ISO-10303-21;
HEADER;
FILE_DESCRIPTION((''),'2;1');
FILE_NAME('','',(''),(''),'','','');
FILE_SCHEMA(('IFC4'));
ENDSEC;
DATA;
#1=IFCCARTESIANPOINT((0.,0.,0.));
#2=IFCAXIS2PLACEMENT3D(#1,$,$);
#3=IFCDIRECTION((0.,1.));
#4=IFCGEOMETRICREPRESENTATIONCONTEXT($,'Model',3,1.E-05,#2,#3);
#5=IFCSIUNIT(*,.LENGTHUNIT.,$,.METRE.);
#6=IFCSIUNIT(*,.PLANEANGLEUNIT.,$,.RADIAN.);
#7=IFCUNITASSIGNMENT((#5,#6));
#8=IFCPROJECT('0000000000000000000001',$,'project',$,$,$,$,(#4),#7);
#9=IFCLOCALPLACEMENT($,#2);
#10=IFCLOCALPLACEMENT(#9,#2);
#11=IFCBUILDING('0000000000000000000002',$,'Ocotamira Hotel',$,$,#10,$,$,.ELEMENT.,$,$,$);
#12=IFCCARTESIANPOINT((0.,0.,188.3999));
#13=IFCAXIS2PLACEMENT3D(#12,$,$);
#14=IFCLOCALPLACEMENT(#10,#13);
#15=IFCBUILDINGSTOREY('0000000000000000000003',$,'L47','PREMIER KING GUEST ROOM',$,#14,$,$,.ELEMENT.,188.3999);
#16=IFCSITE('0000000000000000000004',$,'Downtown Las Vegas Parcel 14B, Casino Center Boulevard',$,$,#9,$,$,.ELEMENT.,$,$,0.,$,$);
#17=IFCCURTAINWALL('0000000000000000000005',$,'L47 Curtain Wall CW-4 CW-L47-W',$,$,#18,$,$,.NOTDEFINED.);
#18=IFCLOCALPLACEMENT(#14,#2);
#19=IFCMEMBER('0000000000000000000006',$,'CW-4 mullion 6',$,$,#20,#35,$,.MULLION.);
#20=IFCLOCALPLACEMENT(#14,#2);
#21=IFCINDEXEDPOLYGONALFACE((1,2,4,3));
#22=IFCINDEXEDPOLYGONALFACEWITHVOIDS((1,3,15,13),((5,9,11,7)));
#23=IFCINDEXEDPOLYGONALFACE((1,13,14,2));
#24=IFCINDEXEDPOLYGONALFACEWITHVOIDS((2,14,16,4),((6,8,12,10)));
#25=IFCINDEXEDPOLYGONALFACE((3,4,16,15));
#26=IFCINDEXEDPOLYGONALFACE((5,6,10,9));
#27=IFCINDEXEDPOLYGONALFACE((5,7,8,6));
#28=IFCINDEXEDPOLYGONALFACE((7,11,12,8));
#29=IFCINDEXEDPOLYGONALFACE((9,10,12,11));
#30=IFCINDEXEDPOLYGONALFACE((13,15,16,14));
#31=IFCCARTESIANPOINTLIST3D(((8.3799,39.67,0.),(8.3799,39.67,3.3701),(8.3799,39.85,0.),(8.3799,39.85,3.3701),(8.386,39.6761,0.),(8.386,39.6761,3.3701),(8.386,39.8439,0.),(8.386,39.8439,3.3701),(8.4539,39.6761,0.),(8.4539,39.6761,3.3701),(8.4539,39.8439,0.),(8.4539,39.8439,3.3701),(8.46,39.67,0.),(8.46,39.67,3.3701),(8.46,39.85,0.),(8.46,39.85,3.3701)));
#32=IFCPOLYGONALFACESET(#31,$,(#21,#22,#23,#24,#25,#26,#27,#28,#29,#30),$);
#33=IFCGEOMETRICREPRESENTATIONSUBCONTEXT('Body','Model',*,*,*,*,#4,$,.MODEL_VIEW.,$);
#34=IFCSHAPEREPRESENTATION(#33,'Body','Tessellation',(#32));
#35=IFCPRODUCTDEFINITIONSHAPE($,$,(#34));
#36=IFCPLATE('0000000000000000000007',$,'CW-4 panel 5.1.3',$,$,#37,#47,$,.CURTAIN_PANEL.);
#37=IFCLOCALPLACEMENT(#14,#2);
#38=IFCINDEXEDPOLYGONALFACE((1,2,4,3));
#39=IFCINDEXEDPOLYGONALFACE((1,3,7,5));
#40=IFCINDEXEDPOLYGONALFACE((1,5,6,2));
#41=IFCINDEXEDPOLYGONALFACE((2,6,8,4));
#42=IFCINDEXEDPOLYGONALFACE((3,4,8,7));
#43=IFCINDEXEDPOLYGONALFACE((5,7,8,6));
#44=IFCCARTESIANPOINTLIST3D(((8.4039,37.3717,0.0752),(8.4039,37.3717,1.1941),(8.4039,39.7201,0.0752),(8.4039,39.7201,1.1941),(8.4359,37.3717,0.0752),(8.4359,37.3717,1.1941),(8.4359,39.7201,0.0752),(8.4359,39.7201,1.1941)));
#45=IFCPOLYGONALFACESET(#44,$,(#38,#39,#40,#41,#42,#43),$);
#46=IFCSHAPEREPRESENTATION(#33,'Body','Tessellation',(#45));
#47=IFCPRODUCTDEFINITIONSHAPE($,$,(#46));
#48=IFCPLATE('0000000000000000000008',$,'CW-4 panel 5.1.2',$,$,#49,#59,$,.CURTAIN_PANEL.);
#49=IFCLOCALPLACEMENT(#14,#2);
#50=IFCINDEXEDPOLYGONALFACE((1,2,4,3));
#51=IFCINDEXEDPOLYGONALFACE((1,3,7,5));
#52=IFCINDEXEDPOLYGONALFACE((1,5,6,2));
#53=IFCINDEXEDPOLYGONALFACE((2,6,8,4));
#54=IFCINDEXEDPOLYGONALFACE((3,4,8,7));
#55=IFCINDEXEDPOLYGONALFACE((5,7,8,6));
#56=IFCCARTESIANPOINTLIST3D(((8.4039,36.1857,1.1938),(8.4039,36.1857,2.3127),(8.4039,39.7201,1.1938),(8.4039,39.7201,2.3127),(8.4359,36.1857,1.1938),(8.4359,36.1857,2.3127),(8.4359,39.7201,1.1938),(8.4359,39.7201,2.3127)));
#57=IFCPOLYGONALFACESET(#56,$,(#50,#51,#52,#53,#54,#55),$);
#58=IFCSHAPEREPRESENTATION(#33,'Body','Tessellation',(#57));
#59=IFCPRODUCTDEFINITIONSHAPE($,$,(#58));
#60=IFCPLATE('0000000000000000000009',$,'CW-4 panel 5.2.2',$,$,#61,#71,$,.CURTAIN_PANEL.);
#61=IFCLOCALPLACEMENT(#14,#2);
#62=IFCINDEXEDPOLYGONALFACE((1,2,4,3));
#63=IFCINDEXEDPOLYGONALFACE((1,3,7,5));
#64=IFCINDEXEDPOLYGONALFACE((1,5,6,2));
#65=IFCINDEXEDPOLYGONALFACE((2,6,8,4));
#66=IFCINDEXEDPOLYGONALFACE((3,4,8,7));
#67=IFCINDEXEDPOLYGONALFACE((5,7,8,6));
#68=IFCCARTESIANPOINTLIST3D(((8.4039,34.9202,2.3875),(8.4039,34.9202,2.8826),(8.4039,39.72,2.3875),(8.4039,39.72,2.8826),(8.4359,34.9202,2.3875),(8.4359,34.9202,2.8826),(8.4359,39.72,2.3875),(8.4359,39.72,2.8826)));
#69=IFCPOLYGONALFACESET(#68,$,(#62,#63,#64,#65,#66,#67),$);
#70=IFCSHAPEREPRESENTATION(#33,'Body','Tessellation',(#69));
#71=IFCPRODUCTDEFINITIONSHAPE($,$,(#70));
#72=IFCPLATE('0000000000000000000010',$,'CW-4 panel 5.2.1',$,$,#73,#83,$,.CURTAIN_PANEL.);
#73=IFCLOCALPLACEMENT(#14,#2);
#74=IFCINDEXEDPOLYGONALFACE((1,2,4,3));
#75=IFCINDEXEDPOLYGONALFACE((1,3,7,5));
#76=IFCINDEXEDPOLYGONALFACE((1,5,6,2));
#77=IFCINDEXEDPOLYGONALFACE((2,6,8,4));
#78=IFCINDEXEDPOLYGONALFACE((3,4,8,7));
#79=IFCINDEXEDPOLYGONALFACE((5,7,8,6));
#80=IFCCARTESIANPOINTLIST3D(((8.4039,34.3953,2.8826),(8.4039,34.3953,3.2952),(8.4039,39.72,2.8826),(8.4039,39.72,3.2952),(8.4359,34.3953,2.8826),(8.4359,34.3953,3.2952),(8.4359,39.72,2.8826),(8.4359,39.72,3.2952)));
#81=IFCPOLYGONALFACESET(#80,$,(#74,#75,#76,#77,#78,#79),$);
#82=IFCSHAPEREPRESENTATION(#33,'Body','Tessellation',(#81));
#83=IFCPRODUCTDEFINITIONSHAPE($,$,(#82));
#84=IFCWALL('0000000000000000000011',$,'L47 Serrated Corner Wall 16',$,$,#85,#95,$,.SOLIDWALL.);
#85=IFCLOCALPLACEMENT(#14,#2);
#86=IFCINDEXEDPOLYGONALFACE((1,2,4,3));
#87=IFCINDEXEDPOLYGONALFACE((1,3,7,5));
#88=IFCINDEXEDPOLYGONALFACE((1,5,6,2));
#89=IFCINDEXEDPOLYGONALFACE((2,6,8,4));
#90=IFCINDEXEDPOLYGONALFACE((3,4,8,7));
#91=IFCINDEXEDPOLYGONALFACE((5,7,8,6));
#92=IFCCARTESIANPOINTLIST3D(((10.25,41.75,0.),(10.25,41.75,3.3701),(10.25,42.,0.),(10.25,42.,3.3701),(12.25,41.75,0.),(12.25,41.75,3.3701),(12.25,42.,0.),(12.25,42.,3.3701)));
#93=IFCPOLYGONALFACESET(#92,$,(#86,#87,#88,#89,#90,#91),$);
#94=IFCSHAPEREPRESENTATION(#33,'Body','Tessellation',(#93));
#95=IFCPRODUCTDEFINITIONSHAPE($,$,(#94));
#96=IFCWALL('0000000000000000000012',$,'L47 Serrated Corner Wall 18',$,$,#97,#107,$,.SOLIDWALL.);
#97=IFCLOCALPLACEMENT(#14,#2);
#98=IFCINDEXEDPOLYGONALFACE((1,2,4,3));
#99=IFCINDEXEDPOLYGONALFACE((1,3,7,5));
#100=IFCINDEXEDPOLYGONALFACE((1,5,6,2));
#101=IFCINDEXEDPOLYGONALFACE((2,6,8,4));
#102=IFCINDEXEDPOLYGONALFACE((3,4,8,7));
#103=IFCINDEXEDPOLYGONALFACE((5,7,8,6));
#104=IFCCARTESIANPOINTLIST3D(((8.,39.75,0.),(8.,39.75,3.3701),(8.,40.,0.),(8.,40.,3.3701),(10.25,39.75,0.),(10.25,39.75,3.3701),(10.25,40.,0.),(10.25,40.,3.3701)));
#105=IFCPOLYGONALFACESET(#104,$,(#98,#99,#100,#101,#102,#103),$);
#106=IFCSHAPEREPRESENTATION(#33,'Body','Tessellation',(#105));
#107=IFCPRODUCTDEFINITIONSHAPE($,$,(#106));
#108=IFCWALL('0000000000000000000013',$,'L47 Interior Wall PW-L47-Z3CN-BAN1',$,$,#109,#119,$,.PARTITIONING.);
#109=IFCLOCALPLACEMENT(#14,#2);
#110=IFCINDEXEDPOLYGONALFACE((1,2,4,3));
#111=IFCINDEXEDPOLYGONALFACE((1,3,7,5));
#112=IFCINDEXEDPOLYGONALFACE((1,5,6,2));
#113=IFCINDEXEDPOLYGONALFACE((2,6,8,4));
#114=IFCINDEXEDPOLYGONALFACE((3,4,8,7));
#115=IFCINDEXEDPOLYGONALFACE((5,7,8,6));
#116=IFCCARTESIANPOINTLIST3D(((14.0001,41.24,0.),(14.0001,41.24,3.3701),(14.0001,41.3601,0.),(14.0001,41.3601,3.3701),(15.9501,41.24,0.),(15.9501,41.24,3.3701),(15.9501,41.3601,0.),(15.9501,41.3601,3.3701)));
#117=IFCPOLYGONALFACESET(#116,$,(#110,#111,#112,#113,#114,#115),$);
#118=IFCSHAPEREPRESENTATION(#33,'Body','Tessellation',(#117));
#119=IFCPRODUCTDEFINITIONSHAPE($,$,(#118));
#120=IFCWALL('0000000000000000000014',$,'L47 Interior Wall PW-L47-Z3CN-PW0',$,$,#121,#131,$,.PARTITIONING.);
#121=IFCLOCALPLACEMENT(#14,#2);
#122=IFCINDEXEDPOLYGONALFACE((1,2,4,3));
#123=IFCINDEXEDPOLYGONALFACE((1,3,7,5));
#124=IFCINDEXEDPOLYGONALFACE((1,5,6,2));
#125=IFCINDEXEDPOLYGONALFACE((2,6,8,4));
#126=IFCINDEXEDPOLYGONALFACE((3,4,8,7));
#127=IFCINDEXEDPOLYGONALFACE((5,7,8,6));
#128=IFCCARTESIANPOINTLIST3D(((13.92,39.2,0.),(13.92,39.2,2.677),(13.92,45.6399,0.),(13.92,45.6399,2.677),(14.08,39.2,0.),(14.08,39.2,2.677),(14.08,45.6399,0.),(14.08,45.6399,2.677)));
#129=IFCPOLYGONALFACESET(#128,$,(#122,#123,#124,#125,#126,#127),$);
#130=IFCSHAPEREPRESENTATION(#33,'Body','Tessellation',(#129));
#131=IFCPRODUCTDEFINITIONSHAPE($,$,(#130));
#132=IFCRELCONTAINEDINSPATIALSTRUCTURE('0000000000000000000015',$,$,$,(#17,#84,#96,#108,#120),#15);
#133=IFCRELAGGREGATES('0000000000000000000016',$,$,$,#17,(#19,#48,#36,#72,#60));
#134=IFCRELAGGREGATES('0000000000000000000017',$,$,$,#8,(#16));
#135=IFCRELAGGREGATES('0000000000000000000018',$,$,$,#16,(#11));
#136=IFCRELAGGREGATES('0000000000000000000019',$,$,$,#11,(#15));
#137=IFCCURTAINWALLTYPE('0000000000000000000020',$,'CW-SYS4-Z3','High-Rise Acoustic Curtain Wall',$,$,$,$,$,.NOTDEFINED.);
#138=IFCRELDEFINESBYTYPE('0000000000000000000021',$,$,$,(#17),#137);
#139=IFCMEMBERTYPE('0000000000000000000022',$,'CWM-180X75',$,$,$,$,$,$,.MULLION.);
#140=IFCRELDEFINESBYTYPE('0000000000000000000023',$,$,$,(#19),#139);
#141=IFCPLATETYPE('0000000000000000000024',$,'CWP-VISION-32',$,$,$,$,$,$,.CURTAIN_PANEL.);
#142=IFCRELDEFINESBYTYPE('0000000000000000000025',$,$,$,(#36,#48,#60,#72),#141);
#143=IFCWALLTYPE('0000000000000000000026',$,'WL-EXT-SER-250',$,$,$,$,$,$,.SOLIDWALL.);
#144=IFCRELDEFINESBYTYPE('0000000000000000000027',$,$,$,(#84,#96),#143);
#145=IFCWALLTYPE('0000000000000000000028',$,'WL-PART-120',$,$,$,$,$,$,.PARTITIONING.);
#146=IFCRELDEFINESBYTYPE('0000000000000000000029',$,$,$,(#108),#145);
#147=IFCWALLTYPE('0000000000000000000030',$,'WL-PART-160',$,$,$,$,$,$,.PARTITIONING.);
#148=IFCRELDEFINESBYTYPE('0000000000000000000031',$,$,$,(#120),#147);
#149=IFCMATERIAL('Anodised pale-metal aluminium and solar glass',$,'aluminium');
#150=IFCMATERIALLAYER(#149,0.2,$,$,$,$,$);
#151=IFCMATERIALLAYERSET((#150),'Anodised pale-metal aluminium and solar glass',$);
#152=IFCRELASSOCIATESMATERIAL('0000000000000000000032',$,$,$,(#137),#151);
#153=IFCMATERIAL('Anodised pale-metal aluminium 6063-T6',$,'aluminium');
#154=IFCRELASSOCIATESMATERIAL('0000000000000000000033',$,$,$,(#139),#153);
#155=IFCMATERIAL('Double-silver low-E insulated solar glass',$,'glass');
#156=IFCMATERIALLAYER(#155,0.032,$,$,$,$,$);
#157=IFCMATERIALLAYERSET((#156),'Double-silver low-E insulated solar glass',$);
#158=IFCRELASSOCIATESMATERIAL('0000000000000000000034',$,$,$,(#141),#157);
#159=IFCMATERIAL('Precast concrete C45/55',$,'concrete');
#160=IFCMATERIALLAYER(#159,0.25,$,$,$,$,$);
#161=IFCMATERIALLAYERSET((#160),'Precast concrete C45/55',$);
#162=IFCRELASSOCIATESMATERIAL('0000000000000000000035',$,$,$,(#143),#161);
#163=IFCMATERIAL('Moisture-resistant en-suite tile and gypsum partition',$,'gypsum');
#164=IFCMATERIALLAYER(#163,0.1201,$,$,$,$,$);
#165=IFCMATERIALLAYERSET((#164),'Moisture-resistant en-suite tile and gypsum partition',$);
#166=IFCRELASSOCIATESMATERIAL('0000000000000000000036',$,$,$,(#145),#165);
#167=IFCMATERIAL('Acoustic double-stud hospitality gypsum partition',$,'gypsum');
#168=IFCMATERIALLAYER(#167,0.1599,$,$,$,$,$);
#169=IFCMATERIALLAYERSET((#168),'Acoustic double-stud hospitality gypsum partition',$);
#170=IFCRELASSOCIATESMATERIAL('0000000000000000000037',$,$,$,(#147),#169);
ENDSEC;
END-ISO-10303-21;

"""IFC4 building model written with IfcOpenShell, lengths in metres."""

from ifc_helpers import new_model, si_unit, direction, frame, frame_2d, origin, origin_2d, place, context, subcontext, project, spatial, rectangle, hollow_rectangle, extrude, source, transform, mapped, material, layer, layer_set, material_profile, profile_set, type_object, element, aggregate, save


model = new_model("IFC4")

# Units and contexts
model_context = context("Model", 3, precision=1e-05, world=origin(), true_north=direction((0.0, 1.0)))
body_context = subcontext(model_context, "Body", "Model", "MODEL_VIEW")
ifc_project = project(units=[si_unit("LENGTHUNIT", "METRE"), si_unit("PLANEANGLEUNIT", "RADIAN")], contexts=[model_context])

# Site, building, storey
site_placement = place(None, origin())
site = spatial("IfcSite", under=ifc_project, at=site_placement, Name="Downtown Las Vegas Parcel 14B, Casino Center Boulevard", CompositionType="ELEMENT", RefElevation=0.0)
building_placement = place(site_placement, origin())
building = spatial("IfcBuilding", under=site, at=building_placement, Name="Ocotamira Hotel", CompositionType="ELEMENT")
storey_placement = place(building_placement, frame((0.0, 0.0, 188.3999)))
storey = spatial("IfcBuildingStorey", under=building, at=storey_placement, Name="L47", Description="PREMIER KING GUEST ROOM", CompositionType="ELEMENT", Elevation=188.3999)

# Curtain wall, member, plates
ifc_material_1 = material(Name="Anodised pale-metal aluminium and solar glass", Category="aluminium")
ifc_layer_1 = layer(ifc_material_1, 0.2)
ifc_layer_set_1 = layer_set([ifc_layer_1], Name="Anodised pale-metal aluminium and solar glass")
curtain_wall_type = type_object("IfcCurtainWallType", Name="CW-SYS4-Z3", Description="High-Rise Acoustic Curtain Wall", PredefinedType="NOTDEFINED", material=ifc_layer_set_1)
curtain_wall_placement = place(storey_placement, origin())
curtain_wall = element("IfcCurtainWall", 1, at=curtain_wall_placement, inside=storey, type_object=curtain_wall_type, Name="L47 Curtain Wall CW-4 CW-L47-W", PredefinedType="NOTDEFINED")
ifc_material_2 = material(Name="Anodised pale-metal aluminium 6063-T6", Category="aluminium")
ifc_material_profile_1 = material_profile(ifc_material_2, hollow_rectangle(XDim=0.0801, YDim=0.1799, WallThickness=0.0061, at=origin_2d()), Name="HSS180X80X6")
ifc_profile_set_1 = profile_set([ifc_material_profile_1], Name="Anodised pale-metal aluminium 6063-T6")
member_type_1 = type_object("IfcMemberType", Name="CWM-180X75", PredefinedType="MULLION", material=ifc_profile_set_1)
shared_shape_1 = source(origin(), body_context, "Body", "SweptSolid", [
    extrude(hollow_rectangle(XDim=0.0801, YDim=0.1799, WallThickness=0.0061, at=origin_2d()), origin(), (0.0, 0.0, 1.0), 3.3701),
])
member_1_placement = place(storey_placement, frame((8.4199, 39.76, 0.0), z_axis=(0.0, 0.0, 1.0), x_axis=(-1.0, 0.0, 0.0)))
member_1 = element("IfcMember", 2, at=member_1_placement, type_object=member_type_1, Name="CW-4 mullion 6", PredefinedType="MULLION", context=body_context, shape_type="MappedRepresentation", body=[
    mapped(shared_shape_1, transform((0.0, 0.0, 0.0), scale=1.0)),
])
ifc_material_3 = material(Name="Double-silver low-E insulated solar glass", Category="glass")
ifc_layer_2 = layer(ifc_material_3, 0.032)
ifc_layer_set_2 = layer_set([ifc_layer_2], Name="Double-silver low-E insulated solar glass")
plate_type = type_object("IfcPlateType", Name="CWP-VISION-32", PredefinedType="CURTAIN_PANEL", material=ifc_layer_set_2)
shared_shape_2 = source(origin(), body_context, "Body", "SweptSolid", [
    extrude(rectangle(XDim=2.3484, YDim=0.032, at=origin_2d()), origin(), (0.0, 0.0, 1.0), 1.1189),
])
plate_1_placement = place(storey_placement, frame((8.4199, 38.5459, 0.0752), z_axis=(0.0, 0.0, 1.0), x_axis=(0.0, 1.0, 0.0)))
plate_1 = element("IfcPlate", 3, at=plate_1_placement, type_object=plate_type, Name="CW-4 panel 5.1.3", PredefinedType="CURTAIN_PANEL", context=body_context, shape_type="MappedRepresentation", body=[
    mapped(shared_shape_2, transform((0.0, 0.0, 0.0), scale=1.0)),
])
shared_shape_3 = source(origin(), body_context, "Body", "SweptSolid", [
    extrude(rectangle(XDim=3.5344, YDim=0.032, at=origin_2d()), origin(), (0.0, 0.0, 1.0), 1.1189),
])
plate_2_placement = place(storey_placement, frame((8.4199, 37.9529, 1.1938), z_axis=(0.0, 0.0, 1.0), x_axis=(0.0, 1.0, 0.0)))
plate_2 = element("IfcPlate", 4, at=plate_2_placement, type_object=plate_type, Name="CW-4 panel 5.1.2", PredefinedType="CURTAIN_PANEL", context=body_context, shape_type="MappedRepresentation", body=[
    mapped(shared_shape_3, transform((0.0, 0.0, 0.0), scale=1.0)),
])
shared_shape_4 = source(origin(), body_context, "Body", "SweptSolid", [
    extrude(rectangle(XDim=4.7998, YDim=0.032, at=origin_2d()), origin(), (0.0, 0.0, 1.0), 0.4951),
])
plate_3_placement = place(storey_placement, frame((8.4199, 37.3201, 2.3875), z_axis=(0.0, 0.0, 1.0), x_axis=(0.0, 1.0, 0.0)))
plate_3 = element("IfcPlate", 5, at=plate_3_placement, type_object=plate_type, Name="CW-4 panel 5.2.2", PredefinedType="CURTAIN_PANEL", context=body_context, shape_type="MappedRepresentation", body=[
    mapped(shared_shape_4, transform((0.0, 0.0, 0.0), scale=1.0)),
])
shared_shape_5 = source(origin(), body_context, "Body", "SweptSolid", [
    extrude(rectangle(XDim=5.3247, YDim=0.032, at=origin_2d()), origin(), (0.0, 0.0, 1.0), 0.4126),
])
plate_4_placement = place(storey_placement, frame((8.4199, 37.0576, 2.8826), z_axis=(0.0, 0.0, 1.0), x_axis=(0.0, 1.0, 0.0)))
plate_4 = element("IfcPlate", 6, at=plate_4_placement, type_object=plate_type, Name="CW-4 panel 5.2.1", PredefinedType="CURTAIN_PANEL", context=body_context, shape_type="MappedRepresentation", body=[
    mapped(shared_shape_5, transform((0.0, 0.0, 0.0), scale=1.0)),
])
aggregate(curtain_wall, [member_1, plate_2, plate_1, plate_4, plate_3])

# Walls
ifc_material_4 = material(Name="Precast concrete C45/55", Category="concrete")
ifc_layer_3 = layer(ifc_material_4, 0.25)
ifc_layer_set_3 = layer_set([ifc_layer_3], Name="Precast concrete C45/55")
wall_type_1 = type_object("IfcWallType", Name="WL-EXT-SER-250", PredefinedType="SOLIDWALL", material=ifc_layer_set_3)
wall_1_placement = place(storey_placement, frame((12.25, 41.875, 0.0), z_axis=(0.0, 0.0, 1.0), x_axis=(-1.0, 0.0, 0.0)))
element("IfcWall", 7, at=wall_1_placement, inside=storey, type_object=wall_type_1, Name="L47 Serrated Corner Wall 16", PredefinedType="SOLIDWALL", context=body_context, shape_type="SweptSolid", body=[
    extrude(rectangle(XDim=2.0, YDim=0.25, at=frame_2d((1.0, 0.0))), origin(), (0.0, 0.0, 1.0), 3.3701),
])
wall_2_placement = place(storey_placement, frame((10.25, 39.875, 0.0), z_axis=(0.0, 0.0, 1.0), x_axis=(-1.0, 0.0, 0.0)))
element("IfcWall", 8, at=wall_2_placement, inside=storey, type_object=wall_type_1, Name="L47 Serrated Corner Wall 18", PredefinedType="SOLIDWALL", context=body_context, shape_type="SweptSolid", body=[
    extrude(rectangle(XDim=2.25, YDim=0.25, at=frame_2d((1.125, 0.0))), origin(), (0.0, 0.0, 1.0), 3.3701),
])

# Walls
ifc_material_5 = material(Name="Moisture-resistant en-suite tile and gypsum partition", Category="gypsum")
ifc_layer_4 = layer(ifc_material_5, 0.1201)
ifc_layer_set_4 = layer_set([ifc_layer_4], Name="Moisture-resistant en-suite tile and gypsum partition")
wall_type_2 = type_object("IfcWallType", Name="WL-PART-120", PredefinedType="PARTITIONING", material=ifc_layer_set_4)
wall_3_placement = place(storey_placement, frame((14.0, 41.3, 0.0), z_axis=(0.0, 0.0, 1.0), x_axis=(1.0, 0.0, 0.0)))
element("IfcWall", 9, at=wall_3_placement, inside=storey, type_object=wall_type_2, Name="L47 Interior Wall PW-L47-Z3CN-BAN1", PredefinedType="PARTITIONING", context=body_context, shape_type="SweptSolid", body=[
    extrude(rectangle(XDim=1.95, YDim=0.1201, at=frame_2d((0.9751, 0.0))), origin(), (0.0, 0.0, 1.0), 3.3701),
])
ifc_material_6 = material(Name="Acoustic double-stud hospitality gypsum partition", Category="gypsum")
ifc_layer_5 = layer(ifc_material_6, 0.1599)
ifc_layer_set_5 = layer_set([ifc_layer_5], Name="Acoustic double-stud hospitality gypsum partition")
wall_type_3 = type_object("IfcWallType", Name="WL-PART-160", PredefinedType="PARTITIONING", material=ifc_layer_set_5)
wall_4_placement = place(storey_placement, frame((14.0, 39.2, 0.0), z_axis=(0.0, 0.0, 1.0), x_axis=(0.0, 1.0, 0.0)))
element("IfcWall", 10, at=wall_4_placement, inside=storey, type_object=wall_type_3, Name="L47 Interior Wall PW-L47-Z3CN-PW0", PredefinedType="PARTITIONING", context=body_context, shape_type="SweptSolid", body=[
    extrude(rectangle(XDim=6.4399, YDim=0.1599, at=frame_2d((3.22, 0.0))), origin(), (0.0, 0.0, 1.0), 2.677),
])

save(model, "model.ifc")
